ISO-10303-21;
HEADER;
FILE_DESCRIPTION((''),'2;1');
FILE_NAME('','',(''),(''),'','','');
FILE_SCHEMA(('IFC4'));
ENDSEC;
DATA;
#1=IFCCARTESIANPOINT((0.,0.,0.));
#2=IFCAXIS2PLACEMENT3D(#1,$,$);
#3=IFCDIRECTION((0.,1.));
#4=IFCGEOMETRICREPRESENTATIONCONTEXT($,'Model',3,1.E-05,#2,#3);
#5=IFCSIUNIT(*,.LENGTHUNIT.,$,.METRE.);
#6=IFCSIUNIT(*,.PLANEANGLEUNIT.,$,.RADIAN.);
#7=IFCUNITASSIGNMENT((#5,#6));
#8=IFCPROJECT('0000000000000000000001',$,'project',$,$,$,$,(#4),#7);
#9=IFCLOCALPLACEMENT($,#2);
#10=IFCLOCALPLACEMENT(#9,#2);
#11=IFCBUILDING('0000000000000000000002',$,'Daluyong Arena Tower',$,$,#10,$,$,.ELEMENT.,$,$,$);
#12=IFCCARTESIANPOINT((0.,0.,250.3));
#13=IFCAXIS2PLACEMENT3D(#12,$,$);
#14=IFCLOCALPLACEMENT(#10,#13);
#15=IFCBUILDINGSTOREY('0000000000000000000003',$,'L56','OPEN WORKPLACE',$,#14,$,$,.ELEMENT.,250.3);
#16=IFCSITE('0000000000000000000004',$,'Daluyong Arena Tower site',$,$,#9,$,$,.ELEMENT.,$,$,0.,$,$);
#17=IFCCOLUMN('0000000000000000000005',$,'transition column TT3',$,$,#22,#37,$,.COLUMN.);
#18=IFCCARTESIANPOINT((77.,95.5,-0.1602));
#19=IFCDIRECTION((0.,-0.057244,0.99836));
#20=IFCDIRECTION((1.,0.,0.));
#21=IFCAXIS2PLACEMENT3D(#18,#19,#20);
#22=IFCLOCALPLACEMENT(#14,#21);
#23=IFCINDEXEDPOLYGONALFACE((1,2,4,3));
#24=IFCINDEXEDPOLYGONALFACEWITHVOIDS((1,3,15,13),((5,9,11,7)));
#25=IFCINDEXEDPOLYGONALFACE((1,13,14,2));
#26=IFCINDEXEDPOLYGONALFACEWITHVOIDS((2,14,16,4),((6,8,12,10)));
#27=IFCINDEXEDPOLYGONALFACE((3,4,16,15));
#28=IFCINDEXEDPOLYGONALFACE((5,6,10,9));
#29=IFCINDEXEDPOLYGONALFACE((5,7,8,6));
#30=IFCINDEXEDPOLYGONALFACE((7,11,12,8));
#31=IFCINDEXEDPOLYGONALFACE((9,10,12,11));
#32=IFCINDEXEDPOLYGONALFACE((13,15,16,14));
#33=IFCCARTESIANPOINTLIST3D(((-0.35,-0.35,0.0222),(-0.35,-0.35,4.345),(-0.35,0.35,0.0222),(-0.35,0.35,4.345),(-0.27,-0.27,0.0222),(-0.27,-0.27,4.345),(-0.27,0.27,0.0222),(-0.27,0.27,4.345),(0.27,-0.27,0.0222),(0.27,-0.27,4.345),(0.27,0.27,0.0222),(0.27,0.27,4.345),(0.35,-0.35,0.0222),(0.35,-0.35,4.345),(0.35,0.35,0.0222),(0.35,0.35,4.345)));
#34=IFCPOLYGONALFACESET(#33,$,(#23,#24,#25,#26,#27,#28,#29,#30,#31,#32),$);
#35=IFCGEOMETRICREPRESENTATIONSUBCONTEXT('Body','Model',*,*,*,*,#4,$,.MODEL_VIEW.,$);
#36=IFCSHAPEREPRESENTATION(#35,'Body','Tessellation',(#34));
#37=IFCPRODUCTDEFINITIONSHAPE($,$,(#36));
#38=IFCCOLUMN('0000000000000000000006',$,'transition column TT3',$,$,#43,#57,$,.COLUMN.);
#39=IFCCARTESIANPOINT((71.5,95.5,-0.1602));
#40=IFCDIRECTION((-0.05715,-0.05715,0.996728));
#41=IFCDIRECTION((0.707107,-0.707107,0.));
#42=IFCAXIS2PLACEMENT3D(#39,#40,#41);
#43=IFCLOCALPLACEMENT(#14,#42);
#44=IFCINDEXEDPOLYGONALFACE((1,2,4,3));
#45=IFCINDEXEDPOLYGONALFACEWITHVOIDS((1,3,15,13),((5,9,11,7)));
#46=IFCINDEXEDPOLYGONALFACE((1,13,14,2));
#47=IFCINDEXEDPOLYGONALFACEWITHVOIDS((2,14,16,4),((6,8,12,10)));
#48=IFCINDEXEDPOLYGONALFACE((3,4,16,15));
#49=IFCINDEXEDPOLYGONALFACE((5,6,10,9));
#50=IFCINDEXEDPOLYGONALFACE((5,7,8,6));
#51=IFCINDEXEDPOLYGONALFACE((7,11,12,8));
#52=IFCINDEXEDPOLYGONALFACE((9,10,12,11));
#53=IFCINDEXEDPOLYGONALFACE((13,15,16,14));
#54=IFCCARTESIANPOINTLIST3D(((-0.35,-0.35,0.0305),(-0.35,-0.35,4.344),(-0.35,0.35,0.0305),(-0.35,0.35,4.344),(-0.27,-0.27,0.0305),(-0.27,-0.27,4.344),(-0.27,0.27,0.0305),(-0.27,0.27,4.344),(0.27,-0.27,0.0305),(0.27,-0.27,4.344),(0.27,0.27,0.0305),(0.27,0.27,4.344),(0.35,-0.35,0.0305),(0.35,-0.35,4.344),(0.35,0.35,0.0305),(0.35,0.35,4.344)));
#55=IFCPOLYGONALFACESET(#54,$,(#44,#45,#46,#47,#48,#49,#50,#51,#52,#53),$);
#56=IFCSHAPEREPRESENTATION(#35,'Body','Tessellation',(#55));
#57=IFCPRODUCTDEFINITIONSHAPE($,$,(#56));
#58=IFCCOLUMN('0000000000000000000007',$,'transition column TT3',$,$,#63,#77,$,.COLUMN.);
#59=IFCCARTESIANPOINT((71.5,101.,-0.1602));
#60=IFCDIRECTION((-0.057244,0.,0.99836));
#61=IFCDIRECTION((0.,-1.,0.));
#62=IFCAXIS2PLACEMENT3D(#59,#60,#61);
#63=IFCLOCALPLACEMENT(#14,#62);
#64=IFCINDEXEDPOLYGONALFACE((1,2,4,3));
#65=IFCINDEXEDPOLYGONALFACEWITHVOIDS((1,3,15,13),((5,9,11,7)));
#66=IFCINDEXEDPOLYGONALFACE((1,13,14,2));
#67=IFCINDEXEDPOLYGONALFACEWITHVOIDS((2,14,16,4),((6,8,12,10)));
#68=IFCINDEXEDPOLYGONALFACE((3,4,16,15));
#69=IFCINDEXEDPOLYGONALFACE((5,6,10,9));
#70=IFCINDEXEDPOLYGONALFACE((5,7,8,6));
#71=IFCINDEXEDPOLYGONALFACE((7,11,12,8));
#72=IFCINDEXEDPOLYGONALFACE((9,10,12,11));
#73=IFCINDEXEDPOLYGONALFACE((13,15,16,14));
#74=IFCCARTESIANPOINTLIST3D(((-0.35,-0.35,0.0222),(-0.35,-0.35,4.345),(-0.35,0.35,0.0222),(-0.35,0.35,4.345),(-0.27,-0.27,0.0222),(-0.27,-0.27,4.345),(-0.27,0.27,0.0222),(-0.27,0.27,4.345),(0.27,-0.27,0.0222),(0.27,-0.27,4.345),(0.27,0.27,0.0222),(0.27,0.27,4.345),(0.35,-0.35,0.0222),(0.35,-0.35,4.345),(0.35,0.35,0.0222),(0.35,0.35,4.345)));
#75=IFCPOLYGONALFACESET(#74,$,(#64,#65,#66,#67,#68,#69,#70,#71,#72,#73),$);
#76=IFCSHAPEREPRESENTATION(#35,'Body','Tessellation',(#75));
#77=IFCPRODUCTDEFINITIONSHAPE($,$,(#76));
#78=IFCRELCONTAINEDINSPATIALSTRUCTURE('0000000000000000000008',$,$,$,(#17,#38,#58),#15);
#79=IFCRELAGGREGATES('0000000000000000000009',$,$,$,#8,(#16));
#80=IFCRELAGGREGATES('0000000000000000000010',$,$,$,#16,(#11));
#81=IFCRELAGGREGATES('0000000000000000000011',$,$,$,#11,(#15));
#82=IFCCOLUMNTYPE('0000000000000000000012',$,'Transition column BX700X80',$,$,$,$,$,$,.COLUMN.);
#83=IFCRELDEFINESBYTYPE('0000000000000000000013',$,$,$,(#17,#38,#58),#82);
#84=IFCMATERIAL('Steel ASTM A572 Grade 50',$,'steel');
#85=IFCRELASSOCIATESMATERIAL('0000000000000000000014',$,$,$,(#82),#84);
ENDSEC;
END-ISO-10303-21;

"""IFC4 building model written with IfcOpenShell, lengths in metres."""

from ifc_helpers import new_model, si_unit, direction, frame, origin, origin_2d, place, context, subcontext, project, spatial, hollow_rectangle, extrude, clip, halfspace, material, material_profile, profile_set, type_object, element, save


model = new_model("IFC4")

# Units and contexts
model_context = context("Model", 3, precision=1e-05, world=origin(), true_north=direction((0.0, 1.0)))
body_context = subcontext(model_context, "Body", "Model", "MODEL_VIEW")
ifc_project = project(units=[si_unit("LENGTHUNIT", "METRE"), si_unit("PLANEANGLEUNIT", "RADIAN")], contexts=[model_context])

# Site, building, storey
site_placement = place(None, origin())
site = spatial("IfcSite", under=ifc_project, at=site_placement, Name="Daluyong Arena Tower site", CompositionType="ELEMENT", RefElevation=0.0)
building_placement = place(site_placement, origin())
building = spatial("IfcBuilding", under=site, at=building_placement, Name="Daluyong Arena Tower", CompositionType="ELEMENT")
storey_placement = place(building_placement, frame((0.0, 0.0, 250.3)))
storey = spatial("IfcBuildingStorey", under=building, at=storey_placement, Name="L56", Description="OPEN WORKPLACE", CompositionType="ELEMENT", Elevation=250.3)

# Columns
ifc_material_1 = material(Name="Steel ASTM A572 Grade 50", Category="steel")
ifc_material_profile_1 = material_profile(ifc_material_1, hollow_rectangle(XDim=0.7, YDim=0.7, WallThickness=0.08, at=origin_2d()))
ifc_profile_set_1 = profile_set([ifc_material_profile_1], Name="Steel ASTM A572 Grade 50")
column_type_1 = type_object("IfcColumnType", Name="Transition column BX700X80", PredefinedType="COLUMN", material=ifc_profile_set_1)
column_1_placement = place(storey_placement, frame((77.0, 95.5, -0.1602), z_axis=(0.0, -0.057244, 0.99836), x_axis=(1.0, 0.0, 0.0)))
element("IfcColumn", 1, at=column_1_placement, inside=storey, type_object=column_type_1, Name="transition column TT3", PredefinedType="COLUMN", context=body_context, shape_type="Clipping", body=[
    clip(clip(extrude(hollow_rectangle(XDim=0.7, YDim=0.7, WallThickness=0.08, at=origin_2d()), origin(), (0.0, 0.0, 1.0), 4.3672), halfspace(frame((0.0, 0.0, 0.0222), z_axis=(0.0, 0.0, 1.0), x_axis=(1.0, 0.0, 0.0)), True)), halfspace(frame((0.0, 0.0, 4.345), z_axis=(0.0, 0.0, -1.0), x_axis=(1.0, 0.0, 0.0)), True)),
])
column_2_placement = place(storey_placement, frame((71.5, 95.5, -0.1602), z_axis=(-0.05715, -0.05715, 0.996728), x_axis=(0.707107, -0.707107, 0.0)))
element("IfcColumn", 2, at=column_2_placement, inside=storey, type_object=column_type_1, Name="transition column TT3", PredefinedType="COLUMN", context=body_context, shape_type="Clipping", body=[
    clip(clip(extrude(hollow_rectangle(XDim=0.7, YDim=0.7, WallThickness=0.08, at=origin_2d()), origin(), (0.0, 0.0, 1.0), 4.3745), halfspace(frame((0.0, 0.0, 0.0305), z_axis=(0.0, 0.0, 1.0), x_axis=(1.0, 0.0, 0.0)), True)), halfspace(frame((0.0, 0.0, 4.344), z_axis=(0.0, 0.0, -1.0), x_axis=(1.0, 0.0, 0.0)), True)),
])
column_3_placement = place(storey_placement, frame((71.5, 101.0, -0.1602), z_axis=(-0.057244, 0.0, 0.99836), x_axis=(0.0, -1.0, 0.0)))
element("IfcColumn", 3, at=column_3_placement, inside=storey, type_object=column_type_1, Name="transition column TT3", PredefinedType="COLUMN", context=body_context, shape_type="Clipping", body=[
    clip(clip(extrude(hollow_rectangle(XDim=0.7, YDim=0.7, WallThickness=0.08, at=origin_2d()), origin(), (0.0, 0.0, 1.0), 4.3672), halfspace(frame((0.0, 0.0, 0.0222), z_axis=(0.0, 0.0, 1.0), x_axis=(1.0, 0.0, 0.0)), True)), halfspace(frame((0.0, 0.0, 4.345), z_axis=(0.0, 0.0, -1.0), x_axis=(1.0, 0.0, 0.0)), True)),
])

save(model, "model.ifc")
